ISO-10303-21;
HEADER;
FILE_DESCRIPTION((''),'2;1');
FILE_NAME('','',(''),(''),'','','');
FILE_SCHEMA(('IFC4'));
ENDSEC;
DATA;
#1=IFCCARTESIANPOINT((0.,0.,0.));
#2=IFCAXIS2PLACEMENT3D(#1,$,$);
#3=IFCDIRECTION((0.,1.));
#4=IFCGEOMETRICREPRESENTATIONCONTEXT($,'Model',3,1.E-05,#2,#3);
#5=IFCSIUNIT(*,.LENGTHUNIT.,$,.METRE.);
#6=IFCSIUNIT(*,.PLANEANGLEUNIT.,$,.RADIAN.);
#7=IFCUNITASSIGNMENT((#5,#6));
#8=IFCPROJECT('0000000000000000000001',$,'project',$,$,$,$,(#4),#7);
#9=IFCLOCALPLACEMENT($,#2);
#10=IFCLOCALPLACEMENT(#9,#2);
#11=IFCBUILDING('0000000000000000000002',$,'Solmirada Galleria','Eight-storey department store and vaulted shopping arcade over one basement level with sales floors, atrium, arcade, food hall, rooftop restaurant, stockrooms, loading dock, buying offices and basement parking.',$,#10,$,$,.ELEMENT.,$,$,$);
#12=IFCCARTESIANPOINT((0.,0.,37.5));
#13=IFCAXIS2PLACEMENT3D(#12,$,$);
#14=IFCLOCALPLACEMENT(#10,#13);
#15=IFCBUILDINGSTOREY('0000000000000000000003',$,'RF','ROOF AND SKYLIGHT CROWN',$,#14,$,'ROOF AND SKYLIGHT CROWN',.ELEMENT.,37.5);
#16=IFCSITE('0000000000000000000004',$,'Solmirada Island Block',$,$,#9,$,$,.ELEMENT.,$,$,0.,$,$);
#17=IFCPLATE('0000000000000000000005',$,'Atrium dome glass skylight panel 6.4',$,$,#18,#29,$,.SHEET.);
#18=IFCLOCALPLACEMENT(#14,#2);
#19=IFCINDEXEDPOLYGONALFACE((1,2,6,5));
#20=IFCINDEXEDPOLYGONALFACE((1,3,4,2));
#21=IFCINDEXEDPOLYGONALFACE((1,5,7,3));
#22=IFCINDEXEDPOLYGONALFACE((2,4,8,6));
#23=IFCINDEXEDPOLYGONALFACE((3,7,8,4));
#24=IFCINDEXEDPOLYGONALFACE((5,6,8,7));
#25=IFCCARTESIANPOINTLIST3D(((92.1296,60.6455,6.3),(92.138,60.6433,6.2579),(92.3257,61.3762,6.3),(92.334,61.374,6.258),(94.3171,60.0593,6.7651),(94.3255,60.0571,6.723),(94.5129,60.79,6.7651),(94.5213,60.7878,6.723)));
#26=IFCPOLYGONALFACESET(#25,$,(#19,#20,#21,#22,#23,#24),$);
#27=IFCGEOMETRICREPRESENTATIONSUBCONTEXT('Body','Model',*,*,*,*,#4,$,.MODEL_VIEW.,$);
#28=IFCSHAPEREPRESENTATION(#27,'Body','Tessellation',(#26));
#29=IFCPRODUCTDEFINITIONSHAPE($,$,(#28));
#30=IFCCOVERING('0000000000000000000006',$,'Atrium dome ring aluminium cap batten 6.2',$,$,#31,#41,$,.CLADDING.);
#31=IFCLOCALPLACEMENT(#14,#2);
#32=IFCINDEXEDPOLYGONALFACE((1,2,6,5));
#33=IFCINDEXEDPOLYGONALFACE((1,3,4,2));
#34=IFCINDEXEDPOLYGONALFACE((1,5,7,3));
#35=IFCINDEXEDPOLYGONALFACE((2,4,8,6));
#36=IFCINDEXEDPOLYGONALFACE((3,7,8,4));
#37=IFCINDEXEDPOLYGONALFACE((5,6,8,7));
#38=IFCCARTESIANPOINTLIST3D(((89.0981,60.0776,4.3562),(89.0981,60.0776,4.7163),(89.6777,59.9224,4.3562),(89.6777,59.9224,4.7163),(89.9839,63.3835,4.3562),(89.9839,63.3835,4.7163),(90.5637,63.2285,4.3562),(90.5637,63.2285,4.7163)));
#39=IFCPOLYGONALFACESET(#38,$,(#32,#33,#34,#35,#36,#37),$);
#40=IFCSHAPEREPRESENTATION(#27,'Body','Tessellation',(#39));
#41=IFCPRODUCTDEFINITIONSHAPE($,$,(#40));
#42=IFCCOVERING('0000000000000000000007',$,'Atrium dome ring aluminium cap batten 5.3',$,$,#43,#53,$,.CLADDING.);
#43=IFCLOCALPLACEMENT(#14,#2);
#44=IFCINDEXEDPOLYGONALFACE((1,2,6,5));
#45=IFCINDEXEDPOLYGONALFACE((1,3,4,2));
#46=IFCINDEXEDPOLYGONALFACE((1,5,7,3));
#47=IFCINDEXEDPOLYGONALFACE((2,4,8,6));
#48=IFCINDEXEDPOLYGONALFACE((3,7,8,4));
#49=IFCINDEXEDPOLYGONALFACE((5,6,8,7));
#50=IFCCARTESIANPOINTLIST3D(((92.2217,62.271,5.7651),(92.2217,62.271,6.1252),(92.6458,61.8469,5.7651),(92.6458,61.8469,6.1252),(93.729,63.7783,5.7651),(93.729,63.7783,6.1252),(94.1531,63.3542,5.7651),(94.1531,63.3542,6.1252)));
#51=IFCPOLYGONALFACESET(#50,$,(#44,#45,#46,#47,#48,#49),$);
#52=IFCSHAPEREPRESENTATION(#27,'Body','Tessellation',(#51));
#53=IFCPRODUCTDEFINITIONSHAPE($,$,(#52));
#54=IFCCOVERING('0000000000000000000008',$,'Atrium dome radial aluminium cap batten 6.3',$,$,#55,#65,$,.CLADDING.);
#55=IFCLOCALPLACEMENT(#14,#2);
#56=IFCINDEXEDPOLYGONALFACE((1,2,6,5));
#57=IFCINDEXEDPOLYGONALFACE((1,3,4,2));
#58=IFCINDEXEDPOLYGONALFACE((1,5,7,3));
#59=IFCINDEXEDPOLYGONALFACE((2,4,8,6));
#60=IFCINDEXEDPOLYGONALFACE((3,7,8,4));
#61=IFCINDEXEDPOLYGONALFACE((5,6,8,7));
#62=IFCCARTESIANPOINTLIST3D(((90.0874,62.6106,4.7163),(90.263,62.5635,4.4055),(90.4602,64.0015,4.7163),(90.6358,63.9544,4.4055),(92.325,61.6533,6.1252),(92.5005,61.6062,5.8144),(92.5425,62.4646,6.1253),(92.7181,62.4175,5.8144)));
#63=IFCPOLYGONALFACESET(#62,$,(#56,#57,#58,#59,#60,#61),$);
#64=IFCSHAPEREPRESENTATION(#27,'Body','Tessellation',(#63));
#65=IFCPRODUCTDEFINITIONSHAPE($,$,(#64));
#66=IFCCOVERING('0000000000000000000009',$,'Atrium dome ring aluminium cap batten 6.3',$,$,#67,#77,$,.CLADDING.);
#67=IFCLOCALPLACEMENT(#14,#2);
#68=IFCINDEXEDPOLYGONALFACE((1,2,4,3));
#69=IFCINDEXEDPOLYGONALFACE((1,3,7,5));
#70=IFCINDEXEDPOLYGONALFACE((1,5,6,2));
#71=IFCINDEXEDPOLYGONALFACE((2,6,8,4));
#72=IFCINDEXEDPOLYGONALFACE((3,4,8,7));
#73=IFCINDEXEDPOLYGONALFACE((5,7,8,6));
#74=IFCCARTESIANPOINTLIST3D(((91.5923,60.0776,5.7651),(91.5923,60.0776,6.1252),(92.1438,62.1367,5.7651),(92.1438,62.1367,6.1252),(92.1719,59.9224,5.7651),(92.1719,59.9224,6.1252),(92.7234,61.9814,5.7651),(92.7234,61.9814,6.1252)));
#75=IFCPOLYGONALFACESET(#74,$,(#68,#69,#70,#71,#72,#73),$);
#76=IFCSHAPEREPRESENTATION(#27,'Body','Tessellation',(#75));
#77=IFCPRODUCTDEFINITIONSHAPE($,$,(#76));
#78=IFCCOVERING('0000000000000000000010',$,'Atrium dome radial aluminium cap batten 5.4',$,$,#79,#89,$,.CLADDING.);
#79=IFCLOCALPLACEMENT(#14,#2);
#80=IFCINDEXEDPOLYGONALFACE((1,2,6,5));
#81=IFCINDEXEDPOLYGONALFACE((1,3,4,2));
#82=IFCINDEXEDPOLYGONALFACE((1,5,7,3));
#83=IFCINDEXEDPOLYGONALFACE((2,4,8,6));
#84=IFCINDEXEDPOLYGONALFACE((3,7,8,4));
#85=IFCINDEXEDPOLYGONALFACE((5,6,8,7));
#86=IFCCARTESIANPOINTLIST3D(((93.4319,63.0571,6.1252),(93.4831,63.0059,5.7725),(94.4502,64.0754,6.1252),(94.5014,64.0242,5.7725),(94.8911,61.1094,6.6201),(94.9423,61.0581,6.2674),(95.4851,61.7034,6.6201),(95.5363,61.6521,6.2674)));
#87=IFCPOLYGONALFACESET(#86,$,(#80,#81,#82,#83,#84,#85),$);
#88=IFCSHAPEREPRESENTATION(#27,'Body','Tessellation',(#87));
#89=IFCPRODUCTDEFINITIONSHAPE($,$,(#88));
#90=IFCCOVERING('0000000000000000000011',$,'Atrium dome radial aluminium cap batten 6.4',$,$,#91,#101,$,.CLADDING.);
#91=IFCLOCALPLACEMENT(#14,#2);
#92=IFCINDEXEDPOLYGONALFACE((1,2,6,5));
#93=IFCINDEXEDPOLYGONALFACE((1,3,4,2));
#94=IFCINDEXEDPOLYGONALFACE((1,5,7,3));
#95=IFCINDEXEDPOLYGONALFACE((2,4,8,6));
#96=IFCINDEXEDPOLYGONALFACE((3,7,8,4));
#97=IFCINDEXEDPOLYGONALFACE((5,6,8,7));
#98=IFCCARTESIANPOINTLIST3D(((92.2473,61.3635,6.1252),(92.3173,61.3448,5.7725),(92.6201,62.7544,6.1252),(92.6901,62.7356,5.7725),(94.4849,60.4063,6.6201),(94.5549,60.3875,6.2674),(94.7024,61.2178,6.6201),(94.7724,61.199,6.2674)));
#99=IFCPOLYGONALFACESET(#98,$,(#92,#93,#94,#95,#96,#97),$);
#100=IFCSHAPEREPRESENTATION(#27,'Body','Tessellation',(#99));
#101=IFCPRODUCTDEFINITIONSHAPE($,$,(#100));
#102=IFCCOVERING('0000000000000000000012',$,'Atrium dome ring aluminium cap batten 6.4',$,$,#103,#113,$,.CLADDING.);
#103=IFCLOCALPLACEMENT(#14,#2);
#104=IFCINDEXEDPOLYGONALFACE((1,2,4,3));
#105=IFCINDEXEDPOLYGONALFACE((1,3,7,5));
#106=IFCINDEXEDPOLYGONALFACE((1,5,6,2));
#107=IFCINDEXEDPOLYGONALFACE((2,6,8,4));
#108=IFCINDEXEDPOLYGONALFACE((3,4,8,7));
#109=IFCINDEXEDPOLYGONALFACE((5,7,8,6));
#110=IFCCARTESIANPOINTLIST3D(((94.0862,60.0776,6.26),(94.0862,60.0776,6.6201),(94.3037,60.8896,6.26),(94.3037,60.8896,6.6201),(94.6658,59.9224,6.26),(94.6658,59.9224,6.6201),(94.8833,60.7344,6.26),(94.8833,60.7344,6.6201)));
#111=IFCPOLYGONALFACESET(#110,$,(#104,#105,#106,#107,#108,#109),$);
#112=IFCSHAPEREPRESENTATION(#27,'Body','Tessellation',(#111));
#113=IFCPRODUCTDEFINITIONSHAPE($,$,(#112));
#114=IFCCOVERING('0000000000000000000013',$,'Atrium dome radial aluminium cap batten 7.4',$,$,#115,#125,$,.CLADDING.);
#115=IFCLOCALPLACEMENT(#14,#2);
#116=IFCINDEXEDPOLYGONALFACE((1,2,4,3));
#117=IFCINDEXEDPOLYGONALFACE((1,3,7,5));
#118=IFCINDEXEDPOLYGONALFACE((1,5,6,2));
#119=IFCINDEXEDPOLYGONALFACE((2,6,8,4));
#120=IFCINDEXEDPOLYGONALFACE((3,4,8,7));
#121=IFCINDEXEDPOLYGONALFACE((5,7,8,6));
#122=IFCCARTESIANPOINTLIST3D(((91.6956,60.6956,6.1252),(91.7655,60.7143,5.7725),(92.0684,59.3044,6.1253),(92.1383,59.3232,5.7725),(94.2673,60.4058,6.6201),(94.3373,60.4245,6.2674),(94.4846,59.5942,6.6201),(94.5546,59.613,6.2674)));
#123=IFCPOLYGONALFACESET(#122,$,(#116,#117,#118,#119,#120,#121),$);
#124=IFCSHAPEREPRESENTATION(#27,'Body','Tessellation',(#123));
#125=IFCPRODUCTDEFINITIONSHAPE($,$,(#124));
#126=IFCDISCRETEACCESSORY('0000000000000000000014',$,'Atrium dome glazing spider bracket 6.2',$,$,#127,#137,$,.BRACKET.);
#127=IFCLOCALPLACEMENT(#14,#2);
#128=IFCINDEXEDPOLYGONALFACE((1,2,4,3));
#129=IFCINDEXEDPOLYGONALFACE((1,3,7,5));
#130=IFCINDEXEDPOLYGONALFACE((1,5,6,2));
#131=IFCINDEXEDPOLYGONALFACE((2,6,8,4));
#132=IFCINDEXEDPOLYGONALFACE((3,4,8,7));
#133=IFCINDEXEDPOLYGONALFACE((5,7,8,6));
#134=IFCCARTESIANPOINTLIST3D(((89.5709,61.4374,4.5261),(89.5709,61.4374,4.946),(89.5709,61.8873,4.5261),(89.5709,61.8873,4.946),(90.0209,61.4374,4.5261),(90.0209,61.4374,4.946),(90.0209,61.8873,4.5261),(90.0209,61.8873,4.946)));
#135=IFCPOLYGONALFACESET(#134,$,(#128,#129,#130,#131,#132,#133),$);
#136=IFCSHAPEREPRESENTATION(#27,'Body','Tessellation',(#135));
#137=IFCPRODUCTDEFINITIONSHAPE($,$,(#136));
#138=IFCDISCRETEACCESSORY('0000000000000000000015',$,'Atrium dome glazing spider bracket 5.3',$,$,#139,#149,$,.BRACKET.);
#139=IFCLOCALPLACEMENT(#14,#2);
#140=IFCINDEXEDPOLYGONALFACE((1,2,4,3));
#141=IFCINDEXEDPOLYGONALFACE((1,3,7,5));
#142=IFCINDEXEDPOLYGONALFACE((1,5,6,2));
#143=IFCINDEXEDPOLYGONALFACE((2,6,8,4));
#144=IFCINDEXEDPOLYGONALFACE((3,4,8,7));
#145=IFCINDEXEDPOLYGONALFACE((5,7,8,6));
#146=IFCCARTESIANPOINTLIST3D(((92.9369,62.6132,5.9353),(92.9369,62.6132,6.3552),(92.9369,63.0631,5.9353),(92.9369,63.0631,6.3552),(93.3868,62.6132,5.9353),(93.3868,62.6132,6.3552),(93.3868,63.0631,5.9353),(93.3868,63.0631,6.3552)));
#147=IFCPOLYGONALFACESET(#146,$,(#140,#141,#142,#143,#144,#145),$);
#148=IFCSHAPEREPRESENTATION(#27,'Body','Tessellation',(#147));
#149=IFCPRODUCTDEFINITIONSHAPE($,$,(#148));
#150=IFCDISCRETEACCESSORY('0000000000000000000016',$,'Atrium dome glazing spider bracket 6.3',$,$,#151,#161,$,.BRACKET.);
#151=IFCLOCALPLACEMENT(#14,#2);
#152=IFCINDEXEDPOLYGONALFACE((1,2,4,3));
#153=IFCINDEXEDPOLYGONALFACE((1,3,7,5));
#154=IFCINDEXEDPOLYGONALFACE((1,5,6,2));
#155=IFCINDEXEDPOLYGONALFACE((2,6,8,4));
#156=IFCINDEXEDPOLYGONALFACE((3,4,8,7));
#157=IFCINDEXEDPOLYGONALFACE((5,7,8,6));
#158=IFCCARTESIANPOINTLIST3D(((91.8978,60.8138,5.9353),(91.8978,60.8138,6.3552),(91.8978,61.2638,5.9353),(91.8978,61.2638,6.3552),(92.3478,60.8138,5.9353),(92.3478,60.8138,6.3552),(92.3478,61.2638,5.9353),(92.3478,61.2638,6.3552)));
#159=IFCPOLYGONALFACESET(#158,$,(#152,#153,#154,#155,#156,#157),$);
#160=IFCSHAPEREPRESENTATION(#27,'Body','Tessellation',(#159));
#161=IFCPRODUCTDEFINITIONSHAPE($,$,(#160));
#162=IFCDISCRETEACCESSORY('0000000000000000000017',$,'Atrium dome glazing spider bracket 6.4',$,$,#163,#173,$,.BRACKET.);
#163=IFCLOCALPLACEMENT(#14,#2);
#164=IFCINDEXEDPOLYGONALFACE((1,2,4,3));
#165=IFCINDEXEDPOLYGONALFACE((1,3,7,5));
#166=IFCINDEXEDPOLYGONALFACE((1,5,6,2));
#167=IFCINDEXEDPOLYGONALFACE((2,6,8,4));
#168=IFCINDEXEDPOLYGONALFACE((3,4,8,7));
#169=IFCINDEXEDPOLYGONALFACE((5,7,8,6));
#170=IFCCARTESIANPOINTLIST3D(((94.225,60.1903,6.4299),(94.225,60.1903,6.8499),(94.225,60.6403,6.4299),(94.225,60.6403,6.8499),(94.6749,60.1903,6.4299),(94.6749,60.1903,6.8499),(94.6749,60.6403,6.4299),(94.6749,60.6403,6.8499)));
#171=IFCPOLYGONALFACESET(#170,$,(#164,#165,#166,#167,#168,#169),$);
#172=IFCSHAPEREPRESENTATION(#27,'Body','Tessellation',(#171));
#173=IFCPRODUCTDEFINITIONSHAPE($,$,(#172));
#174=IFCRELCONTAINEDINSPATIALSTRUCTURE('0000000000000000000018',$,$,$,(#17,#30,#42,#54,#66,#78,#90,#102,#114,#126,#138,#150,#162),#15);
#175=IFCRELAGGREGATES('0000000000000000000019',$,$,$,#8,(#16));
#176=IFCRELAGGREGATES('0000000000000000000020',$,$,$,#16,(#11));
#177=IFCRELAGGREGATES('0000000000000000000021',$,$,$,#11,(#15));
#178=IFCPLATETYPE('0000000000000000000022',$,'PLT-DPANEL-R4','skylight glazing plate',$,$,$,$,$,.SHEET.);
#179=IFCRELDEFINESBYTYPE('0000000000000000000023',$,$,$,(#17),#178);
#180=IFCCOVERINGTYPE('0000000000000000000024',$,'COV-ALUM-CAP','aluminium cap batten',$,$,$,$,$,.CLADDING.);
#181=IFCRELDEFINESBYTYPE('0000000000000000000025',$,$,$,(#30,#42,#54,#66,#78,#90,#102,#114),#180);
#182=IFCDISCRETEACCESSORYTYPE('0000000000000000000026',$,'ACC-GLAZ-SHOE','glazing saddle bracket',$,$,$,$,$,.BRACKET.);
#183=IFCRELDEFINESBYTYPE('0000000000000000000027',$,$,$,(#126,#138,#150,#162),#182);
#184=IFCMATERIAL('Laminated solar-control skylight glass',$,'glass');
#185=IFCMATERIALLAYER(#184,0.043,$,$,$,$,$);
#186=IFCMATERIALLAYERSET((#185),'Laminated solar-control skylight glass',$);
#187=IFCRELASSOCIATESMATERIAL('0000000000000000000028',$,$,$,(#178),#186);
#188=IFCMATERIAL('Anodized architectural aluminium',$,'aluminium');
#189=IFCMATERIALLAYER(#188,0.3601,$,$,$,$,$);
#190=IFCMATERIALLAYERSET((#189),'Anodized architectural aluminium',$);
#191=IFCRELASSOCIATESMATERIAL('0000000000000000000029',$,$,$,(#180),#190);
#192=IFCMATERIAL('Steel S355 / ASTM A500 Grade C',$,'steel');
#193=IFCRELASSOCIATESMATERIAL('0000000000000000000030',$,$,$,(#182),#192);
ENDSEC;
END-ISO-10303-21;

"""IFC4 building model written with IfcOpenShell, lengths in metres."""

from ifc_helpers import new_model, si_unit, direction, frame, origin, origin_2d, place, context, subcontext, project, spatial, polyline, rectangle, outline, extrude, material, layer, layer_set, type_object, element, save


model = new_model("IFC4")

# Units and contexts
model_context = context("Model", 3, precision=1e-05, world=origin(), true_north=direction((0.0, 1.0)))
body_context = subcontext(model_context, "Body", "Model", "MODEL_VIEW")
ifc_project = project(units=[si_unit("LENGTHUNIT", "METRE"), si_unit("PLANEANGLEUNIT", "RADIAN")], contexts=[model_context])

# Site, building, storey
site_placement = place(None, origin())
site = spatial("IfcSite", under=ifc_project, at=site_placement, Name="Solmirada Island Block", CompositionType="ELEMENT", RefElevation=0.0)
building_placement = place(site_placement, origin())
building = spatial("IfcBuilding", under=site, at=building_placement, Name="Solmirada Galleria", Description="Eight-storey department store and vaulted shopping arcade over one basement level with sales floors, atrium, arcade, food hall, rooftop restaurant, stockrooms, loading dock, buying offices and basement parking.", CompositionType="ELEMENT")
storey_placement = place(building_placement, frame((0.0, 0.0, 37.5)))
storey = spatial("IfcBuildingStorey", under=building, at=storey_placement, Name="RF", Description="ROOF AND SKYLIGHT CROWN", LongName="ROOF AND SKYLIGHT CROWN", CompositionType="ELEMENT", Elevation=37.5)

# Shared definitions
ifc_material_1 = material(Name="Steel S355 / ASTM A500 Grade C", Category="steel")

# Plate
ifc_material_2 = material(Name="Laminated solar-control skylight glass", Category="glass")
ifc_layer_1 = layer(ifc_material_2, 0.043)
ifc_layer_set_1 = layer_set([ifc_layer_1], Name="Laminated solar-control skylight glass")
plate_type_1 = type_object("IfcPlateType", Name="PLT-DPANEL-R4", Description="skylight glazing plate", PredefinedType="SHEET", material=ifc_layer_set_1)
plate_1_placement = place(storey_placement, frame((92.3257, 61.3762, 6.3), z_axis=(-0.194314, 0.052101, 0.979555), x_axis=(-0.259122, -0.965844, -0.000031)))
element("IfcPlate", 1, at=plate_1_placement, inside=storey, type_object=plate_type_1, Name="Atrium dome glass skylight panel 6.4", PredefinedType="SHEET", context=body_context, shape_type="SweptSolid", body=[
    extrude(outline(polyline([(0.0, 0.0), (0.7566, 0.0), (0.7559, 2.3119), (-0.0006, 2.3117), (0.0, 0.0)])), origin(), (0.0, 0.0, -1.0), 0.043),
])

# Coverings
ifc_material_3 = material(Name="Anodized architectural aluminium", Category="aluminium")
ifc_layer_2 = layer(ifc_material_3, 0.3601)
ifc_layer_set_2 = layer_set([ifc_layer_2], Name="Anodized architectural aluminium")
covering_type = type_object("IfcCoveringType", Name="COV-ALUM-CAP", Description="aluminium cap batten", PredefinedType="CLADDING", material=ifc_layer_set_2)
covering_1_placement = place(storey_placement, frame((89.9839, 63.3835, 4.7163), z_axis=(0.0, 0.0, 1.0), x_axis=(0.966066, -0.258296, 0.0)))
element("IfcCovering", 2, at=covering_1_placement, inside=storey, type_object=covering_type, Name="Atrium dome ring aluminium cap batten 6.2", PredefinedType="CLADDING", context=body_context, shape_type="SweptSolid", body=[
    extrude(outline(polyline([(0.0, 0.0), (0.6002, 0.0), (0.5982, -3.4228), (-0.0018, -3.4225), (0.0, 0.0)])), origin(), (0.0, 0.0, -1.0), 0.3601),
])
covering_2_placement = place(storey_placement, frame((93.729, 63.7783, 6.1252), z_axis=(0.0, 0.0, 1.0), x_axis=(0.707107, -0.707107, 0.0)))
element("IfcCovering", 3, at=covering_2_placement, inside=storey, type_object=covering_type, Name="Atrium dome ring aluminium cap batten 5.3", PredefinedType="CLADDING", context=body_context, shape_type="SweptSolid", body=[
    extrude(outline(polyline([(0.0, 0.0), (0.5997, 0.0), (0.5997, -2.1317), (0.0, -2.1317), (0.0, 0.0)])), origin(), (0.0, 0.0, -1.0), 0.3601),
])
covering_3_placement = place(storey_placement, frame((90.4602, 64.0015, 4.7163), z_axis=(-0.487615, 0.130716, 0.863218), x_axis=(-0.258905, -0.965903, 0.000014)))
element("IfcCovering", 4, at=covering_3_placement, inside=storey, type_object=covering_type, Name="Atrium dome radial aluminium cap batten 6.3", PredefinedType="CLADDING", context=body_context, shape_type="SweptSolid", body=[
    extrude(outline(polyline([(0.0, 0.0), (1.44, 0.0), (1.7853, 2.7908), (0.9454, 2.7909), (0.0, 0.0)])), origin(), (0.0, 0.0, -1.0), 0.3601),
])
covering_4_placement = place(storey_placement, frame((92.1438, 62.1367, 6.1252), z_axis=(0.0, 0.0, 1.0), x_axis=(0.965937, -0.258777, 0.0)))
element("IfcCovering", 5, at=covering_4_placement, inside=storey, type_object=covering_type, Name="Atrium dome ring aluminium cap batten 6.3", PredefinedType="CLADDING", context=body_context, shape_type="SweptSolid", body=[
    extrude(outline(polyline([(0.0, 0.0), (0.6, 0.0), (0.6001, -2.1317), (0.0001, -2.1317), (0.0, 0.0)])), origin(), (0.0, 0.0, -1.0), 0.3601),
])
covering_5_placement = place(storey_placement, frame((94.4502, 64.0754, 6.1252), z_axis=(-0.142282, 0.142282, 0.979547), x_axis=(-0.707107, -0.707107, 0.0)))
element("IfcCovering", 6, at=covering_5_placement, inside=storey, type_object=covering_type, Name="Atrium dome radial aluminium cap batten 5.4", PredefinedType="CLADDING", context=body_context, shape_type="SweptSolid", body=[
    extrude(outline(polyline([(0.0, 0.0), (1.4401, 0.0), (1.7855, 2.4594), (0.9455, 2.4594), (0.0, 0.0)])), origin(), (0.0, 0.0, -1.0), 0.3601),
])
covering_6_placement = place(storey_placement, frame((92.6201, 62.7544, 6.1252), z_axis=(-0.194356, 0.052095, 0.979547), x_axis=(-0.258897, -0.965905, 0.000001)))
element("IfcCovering", 7, at=covering_6_placement, inside=storey, type_object=covering_type, Name="Atrium dome radial aluminium cap batten 6.4", PredefinedType="CLADDING", context=body_context, shape_type="SweptSolid", body=[
    extrude(outline(polyline([(0.0, 0.0), (1.44, 0.0), (1.7853, 2.4594), (0.9451, 2.4594), (0.0, 0.0)])), origin(), (0.0, 0.0, -1.0), 0.3601),
])
covering_7_placement = place(storey_placement, frame((94.3037, 60.8896, 6.6201), z_axis=(0.0, 0.0, 1.0), x_axis=(0.965937, -0.258777, 0.0)))
element("IfcCovering", 8, at=covering_7_placement, inside=storey, type_object=covering_type, Name="Atrium dome ring aluminium cap batten 6.4", PredefinedType="CLADDING", context=body_context, shape_type="SweptSolid", body=[
    extrude(outline(polyline([(0.0, 0.0), (0.6, 0.0), (0.6, -0.8406), (0.0, -0.8406), (0.0, 0.0)])), origin(), (0.0, 0.0, -1.0), 0.3601),
])
covering_8_placement = place(storey_placement, frame((91.6956, 60.6956, 6.1252), z_axis=(-0.194365, -0.052071, 0.979546), x_axis=(0.258851, -0.965917, 0.000016)))
element("IfcCovering", 9, at=covering_8_placement, inside=storey, type_object=covering_type, Name="Atrium dome radial aluminium cap batten 7.4", PredefinedType="CLADDING", context=body_context, shape_type="SweptSolid", body=[
    extrude(outline(polyline([(0.0, 0.0), (1.4402, 0.0), (1.7857, 2.4592), (0.9456, 2.4594), (0.0, 0.0)])), origin(), (0.0, 0.0, -1.0), 0.3601),
])

# Discrete accessories
discrete_accessory_type = type_object("IfcDiscreteAccessoryType", Name="ACC-GLAZ-SHOE", Description="glazing saddle bracket", PredefinedType="BRACKET", material=ifc_material_1)
for number, where, z_axis, x_axis, name in (
    (10, (89.7959, 61.6624, 4.5261), (0.0, 0.0, 1.0), (1.0, 0.0, 0.0), "Atrium dome glazing spider bracket 6.2"),
    (11, (93.1619, 62.8381, 5.9353), (0.0, 0.0, 1.0), (1.0, 0.0, 0.0), "Atrium dome glazing spider bracket 5.3"),
    (12, (92.1228, 61.0388, 5.9353), (0.0, 0.0, 1.0), (1.0, 0.0, 0.0), "Atrium dome glazing spider bracket 6.3"),
    (13, (94.45, 60.4153, 6.4299), (0.0, 0.0, 1.0), (1.0, 0.0, 0.0), "Atrium dome glazing spider bracket 6.4"),
):
    element("IfcDiscreteAccessory", number, at=place(storey_placement, frame(where, z_axis=z_axis, x_axis=x_axis)), inside=storey, type_object=discrete_accessory_type, Name=name, PredefinedType="BRACKET", context=body_context, shape_type="SweptSolid", body=[
        extrude(rectangle(XDim=0.45, YDim=0.45, at=origin_2d()), origin(), (0.0, 0.0, 1.0), 0.4199),
    ])

save(model, "model.ifc")
